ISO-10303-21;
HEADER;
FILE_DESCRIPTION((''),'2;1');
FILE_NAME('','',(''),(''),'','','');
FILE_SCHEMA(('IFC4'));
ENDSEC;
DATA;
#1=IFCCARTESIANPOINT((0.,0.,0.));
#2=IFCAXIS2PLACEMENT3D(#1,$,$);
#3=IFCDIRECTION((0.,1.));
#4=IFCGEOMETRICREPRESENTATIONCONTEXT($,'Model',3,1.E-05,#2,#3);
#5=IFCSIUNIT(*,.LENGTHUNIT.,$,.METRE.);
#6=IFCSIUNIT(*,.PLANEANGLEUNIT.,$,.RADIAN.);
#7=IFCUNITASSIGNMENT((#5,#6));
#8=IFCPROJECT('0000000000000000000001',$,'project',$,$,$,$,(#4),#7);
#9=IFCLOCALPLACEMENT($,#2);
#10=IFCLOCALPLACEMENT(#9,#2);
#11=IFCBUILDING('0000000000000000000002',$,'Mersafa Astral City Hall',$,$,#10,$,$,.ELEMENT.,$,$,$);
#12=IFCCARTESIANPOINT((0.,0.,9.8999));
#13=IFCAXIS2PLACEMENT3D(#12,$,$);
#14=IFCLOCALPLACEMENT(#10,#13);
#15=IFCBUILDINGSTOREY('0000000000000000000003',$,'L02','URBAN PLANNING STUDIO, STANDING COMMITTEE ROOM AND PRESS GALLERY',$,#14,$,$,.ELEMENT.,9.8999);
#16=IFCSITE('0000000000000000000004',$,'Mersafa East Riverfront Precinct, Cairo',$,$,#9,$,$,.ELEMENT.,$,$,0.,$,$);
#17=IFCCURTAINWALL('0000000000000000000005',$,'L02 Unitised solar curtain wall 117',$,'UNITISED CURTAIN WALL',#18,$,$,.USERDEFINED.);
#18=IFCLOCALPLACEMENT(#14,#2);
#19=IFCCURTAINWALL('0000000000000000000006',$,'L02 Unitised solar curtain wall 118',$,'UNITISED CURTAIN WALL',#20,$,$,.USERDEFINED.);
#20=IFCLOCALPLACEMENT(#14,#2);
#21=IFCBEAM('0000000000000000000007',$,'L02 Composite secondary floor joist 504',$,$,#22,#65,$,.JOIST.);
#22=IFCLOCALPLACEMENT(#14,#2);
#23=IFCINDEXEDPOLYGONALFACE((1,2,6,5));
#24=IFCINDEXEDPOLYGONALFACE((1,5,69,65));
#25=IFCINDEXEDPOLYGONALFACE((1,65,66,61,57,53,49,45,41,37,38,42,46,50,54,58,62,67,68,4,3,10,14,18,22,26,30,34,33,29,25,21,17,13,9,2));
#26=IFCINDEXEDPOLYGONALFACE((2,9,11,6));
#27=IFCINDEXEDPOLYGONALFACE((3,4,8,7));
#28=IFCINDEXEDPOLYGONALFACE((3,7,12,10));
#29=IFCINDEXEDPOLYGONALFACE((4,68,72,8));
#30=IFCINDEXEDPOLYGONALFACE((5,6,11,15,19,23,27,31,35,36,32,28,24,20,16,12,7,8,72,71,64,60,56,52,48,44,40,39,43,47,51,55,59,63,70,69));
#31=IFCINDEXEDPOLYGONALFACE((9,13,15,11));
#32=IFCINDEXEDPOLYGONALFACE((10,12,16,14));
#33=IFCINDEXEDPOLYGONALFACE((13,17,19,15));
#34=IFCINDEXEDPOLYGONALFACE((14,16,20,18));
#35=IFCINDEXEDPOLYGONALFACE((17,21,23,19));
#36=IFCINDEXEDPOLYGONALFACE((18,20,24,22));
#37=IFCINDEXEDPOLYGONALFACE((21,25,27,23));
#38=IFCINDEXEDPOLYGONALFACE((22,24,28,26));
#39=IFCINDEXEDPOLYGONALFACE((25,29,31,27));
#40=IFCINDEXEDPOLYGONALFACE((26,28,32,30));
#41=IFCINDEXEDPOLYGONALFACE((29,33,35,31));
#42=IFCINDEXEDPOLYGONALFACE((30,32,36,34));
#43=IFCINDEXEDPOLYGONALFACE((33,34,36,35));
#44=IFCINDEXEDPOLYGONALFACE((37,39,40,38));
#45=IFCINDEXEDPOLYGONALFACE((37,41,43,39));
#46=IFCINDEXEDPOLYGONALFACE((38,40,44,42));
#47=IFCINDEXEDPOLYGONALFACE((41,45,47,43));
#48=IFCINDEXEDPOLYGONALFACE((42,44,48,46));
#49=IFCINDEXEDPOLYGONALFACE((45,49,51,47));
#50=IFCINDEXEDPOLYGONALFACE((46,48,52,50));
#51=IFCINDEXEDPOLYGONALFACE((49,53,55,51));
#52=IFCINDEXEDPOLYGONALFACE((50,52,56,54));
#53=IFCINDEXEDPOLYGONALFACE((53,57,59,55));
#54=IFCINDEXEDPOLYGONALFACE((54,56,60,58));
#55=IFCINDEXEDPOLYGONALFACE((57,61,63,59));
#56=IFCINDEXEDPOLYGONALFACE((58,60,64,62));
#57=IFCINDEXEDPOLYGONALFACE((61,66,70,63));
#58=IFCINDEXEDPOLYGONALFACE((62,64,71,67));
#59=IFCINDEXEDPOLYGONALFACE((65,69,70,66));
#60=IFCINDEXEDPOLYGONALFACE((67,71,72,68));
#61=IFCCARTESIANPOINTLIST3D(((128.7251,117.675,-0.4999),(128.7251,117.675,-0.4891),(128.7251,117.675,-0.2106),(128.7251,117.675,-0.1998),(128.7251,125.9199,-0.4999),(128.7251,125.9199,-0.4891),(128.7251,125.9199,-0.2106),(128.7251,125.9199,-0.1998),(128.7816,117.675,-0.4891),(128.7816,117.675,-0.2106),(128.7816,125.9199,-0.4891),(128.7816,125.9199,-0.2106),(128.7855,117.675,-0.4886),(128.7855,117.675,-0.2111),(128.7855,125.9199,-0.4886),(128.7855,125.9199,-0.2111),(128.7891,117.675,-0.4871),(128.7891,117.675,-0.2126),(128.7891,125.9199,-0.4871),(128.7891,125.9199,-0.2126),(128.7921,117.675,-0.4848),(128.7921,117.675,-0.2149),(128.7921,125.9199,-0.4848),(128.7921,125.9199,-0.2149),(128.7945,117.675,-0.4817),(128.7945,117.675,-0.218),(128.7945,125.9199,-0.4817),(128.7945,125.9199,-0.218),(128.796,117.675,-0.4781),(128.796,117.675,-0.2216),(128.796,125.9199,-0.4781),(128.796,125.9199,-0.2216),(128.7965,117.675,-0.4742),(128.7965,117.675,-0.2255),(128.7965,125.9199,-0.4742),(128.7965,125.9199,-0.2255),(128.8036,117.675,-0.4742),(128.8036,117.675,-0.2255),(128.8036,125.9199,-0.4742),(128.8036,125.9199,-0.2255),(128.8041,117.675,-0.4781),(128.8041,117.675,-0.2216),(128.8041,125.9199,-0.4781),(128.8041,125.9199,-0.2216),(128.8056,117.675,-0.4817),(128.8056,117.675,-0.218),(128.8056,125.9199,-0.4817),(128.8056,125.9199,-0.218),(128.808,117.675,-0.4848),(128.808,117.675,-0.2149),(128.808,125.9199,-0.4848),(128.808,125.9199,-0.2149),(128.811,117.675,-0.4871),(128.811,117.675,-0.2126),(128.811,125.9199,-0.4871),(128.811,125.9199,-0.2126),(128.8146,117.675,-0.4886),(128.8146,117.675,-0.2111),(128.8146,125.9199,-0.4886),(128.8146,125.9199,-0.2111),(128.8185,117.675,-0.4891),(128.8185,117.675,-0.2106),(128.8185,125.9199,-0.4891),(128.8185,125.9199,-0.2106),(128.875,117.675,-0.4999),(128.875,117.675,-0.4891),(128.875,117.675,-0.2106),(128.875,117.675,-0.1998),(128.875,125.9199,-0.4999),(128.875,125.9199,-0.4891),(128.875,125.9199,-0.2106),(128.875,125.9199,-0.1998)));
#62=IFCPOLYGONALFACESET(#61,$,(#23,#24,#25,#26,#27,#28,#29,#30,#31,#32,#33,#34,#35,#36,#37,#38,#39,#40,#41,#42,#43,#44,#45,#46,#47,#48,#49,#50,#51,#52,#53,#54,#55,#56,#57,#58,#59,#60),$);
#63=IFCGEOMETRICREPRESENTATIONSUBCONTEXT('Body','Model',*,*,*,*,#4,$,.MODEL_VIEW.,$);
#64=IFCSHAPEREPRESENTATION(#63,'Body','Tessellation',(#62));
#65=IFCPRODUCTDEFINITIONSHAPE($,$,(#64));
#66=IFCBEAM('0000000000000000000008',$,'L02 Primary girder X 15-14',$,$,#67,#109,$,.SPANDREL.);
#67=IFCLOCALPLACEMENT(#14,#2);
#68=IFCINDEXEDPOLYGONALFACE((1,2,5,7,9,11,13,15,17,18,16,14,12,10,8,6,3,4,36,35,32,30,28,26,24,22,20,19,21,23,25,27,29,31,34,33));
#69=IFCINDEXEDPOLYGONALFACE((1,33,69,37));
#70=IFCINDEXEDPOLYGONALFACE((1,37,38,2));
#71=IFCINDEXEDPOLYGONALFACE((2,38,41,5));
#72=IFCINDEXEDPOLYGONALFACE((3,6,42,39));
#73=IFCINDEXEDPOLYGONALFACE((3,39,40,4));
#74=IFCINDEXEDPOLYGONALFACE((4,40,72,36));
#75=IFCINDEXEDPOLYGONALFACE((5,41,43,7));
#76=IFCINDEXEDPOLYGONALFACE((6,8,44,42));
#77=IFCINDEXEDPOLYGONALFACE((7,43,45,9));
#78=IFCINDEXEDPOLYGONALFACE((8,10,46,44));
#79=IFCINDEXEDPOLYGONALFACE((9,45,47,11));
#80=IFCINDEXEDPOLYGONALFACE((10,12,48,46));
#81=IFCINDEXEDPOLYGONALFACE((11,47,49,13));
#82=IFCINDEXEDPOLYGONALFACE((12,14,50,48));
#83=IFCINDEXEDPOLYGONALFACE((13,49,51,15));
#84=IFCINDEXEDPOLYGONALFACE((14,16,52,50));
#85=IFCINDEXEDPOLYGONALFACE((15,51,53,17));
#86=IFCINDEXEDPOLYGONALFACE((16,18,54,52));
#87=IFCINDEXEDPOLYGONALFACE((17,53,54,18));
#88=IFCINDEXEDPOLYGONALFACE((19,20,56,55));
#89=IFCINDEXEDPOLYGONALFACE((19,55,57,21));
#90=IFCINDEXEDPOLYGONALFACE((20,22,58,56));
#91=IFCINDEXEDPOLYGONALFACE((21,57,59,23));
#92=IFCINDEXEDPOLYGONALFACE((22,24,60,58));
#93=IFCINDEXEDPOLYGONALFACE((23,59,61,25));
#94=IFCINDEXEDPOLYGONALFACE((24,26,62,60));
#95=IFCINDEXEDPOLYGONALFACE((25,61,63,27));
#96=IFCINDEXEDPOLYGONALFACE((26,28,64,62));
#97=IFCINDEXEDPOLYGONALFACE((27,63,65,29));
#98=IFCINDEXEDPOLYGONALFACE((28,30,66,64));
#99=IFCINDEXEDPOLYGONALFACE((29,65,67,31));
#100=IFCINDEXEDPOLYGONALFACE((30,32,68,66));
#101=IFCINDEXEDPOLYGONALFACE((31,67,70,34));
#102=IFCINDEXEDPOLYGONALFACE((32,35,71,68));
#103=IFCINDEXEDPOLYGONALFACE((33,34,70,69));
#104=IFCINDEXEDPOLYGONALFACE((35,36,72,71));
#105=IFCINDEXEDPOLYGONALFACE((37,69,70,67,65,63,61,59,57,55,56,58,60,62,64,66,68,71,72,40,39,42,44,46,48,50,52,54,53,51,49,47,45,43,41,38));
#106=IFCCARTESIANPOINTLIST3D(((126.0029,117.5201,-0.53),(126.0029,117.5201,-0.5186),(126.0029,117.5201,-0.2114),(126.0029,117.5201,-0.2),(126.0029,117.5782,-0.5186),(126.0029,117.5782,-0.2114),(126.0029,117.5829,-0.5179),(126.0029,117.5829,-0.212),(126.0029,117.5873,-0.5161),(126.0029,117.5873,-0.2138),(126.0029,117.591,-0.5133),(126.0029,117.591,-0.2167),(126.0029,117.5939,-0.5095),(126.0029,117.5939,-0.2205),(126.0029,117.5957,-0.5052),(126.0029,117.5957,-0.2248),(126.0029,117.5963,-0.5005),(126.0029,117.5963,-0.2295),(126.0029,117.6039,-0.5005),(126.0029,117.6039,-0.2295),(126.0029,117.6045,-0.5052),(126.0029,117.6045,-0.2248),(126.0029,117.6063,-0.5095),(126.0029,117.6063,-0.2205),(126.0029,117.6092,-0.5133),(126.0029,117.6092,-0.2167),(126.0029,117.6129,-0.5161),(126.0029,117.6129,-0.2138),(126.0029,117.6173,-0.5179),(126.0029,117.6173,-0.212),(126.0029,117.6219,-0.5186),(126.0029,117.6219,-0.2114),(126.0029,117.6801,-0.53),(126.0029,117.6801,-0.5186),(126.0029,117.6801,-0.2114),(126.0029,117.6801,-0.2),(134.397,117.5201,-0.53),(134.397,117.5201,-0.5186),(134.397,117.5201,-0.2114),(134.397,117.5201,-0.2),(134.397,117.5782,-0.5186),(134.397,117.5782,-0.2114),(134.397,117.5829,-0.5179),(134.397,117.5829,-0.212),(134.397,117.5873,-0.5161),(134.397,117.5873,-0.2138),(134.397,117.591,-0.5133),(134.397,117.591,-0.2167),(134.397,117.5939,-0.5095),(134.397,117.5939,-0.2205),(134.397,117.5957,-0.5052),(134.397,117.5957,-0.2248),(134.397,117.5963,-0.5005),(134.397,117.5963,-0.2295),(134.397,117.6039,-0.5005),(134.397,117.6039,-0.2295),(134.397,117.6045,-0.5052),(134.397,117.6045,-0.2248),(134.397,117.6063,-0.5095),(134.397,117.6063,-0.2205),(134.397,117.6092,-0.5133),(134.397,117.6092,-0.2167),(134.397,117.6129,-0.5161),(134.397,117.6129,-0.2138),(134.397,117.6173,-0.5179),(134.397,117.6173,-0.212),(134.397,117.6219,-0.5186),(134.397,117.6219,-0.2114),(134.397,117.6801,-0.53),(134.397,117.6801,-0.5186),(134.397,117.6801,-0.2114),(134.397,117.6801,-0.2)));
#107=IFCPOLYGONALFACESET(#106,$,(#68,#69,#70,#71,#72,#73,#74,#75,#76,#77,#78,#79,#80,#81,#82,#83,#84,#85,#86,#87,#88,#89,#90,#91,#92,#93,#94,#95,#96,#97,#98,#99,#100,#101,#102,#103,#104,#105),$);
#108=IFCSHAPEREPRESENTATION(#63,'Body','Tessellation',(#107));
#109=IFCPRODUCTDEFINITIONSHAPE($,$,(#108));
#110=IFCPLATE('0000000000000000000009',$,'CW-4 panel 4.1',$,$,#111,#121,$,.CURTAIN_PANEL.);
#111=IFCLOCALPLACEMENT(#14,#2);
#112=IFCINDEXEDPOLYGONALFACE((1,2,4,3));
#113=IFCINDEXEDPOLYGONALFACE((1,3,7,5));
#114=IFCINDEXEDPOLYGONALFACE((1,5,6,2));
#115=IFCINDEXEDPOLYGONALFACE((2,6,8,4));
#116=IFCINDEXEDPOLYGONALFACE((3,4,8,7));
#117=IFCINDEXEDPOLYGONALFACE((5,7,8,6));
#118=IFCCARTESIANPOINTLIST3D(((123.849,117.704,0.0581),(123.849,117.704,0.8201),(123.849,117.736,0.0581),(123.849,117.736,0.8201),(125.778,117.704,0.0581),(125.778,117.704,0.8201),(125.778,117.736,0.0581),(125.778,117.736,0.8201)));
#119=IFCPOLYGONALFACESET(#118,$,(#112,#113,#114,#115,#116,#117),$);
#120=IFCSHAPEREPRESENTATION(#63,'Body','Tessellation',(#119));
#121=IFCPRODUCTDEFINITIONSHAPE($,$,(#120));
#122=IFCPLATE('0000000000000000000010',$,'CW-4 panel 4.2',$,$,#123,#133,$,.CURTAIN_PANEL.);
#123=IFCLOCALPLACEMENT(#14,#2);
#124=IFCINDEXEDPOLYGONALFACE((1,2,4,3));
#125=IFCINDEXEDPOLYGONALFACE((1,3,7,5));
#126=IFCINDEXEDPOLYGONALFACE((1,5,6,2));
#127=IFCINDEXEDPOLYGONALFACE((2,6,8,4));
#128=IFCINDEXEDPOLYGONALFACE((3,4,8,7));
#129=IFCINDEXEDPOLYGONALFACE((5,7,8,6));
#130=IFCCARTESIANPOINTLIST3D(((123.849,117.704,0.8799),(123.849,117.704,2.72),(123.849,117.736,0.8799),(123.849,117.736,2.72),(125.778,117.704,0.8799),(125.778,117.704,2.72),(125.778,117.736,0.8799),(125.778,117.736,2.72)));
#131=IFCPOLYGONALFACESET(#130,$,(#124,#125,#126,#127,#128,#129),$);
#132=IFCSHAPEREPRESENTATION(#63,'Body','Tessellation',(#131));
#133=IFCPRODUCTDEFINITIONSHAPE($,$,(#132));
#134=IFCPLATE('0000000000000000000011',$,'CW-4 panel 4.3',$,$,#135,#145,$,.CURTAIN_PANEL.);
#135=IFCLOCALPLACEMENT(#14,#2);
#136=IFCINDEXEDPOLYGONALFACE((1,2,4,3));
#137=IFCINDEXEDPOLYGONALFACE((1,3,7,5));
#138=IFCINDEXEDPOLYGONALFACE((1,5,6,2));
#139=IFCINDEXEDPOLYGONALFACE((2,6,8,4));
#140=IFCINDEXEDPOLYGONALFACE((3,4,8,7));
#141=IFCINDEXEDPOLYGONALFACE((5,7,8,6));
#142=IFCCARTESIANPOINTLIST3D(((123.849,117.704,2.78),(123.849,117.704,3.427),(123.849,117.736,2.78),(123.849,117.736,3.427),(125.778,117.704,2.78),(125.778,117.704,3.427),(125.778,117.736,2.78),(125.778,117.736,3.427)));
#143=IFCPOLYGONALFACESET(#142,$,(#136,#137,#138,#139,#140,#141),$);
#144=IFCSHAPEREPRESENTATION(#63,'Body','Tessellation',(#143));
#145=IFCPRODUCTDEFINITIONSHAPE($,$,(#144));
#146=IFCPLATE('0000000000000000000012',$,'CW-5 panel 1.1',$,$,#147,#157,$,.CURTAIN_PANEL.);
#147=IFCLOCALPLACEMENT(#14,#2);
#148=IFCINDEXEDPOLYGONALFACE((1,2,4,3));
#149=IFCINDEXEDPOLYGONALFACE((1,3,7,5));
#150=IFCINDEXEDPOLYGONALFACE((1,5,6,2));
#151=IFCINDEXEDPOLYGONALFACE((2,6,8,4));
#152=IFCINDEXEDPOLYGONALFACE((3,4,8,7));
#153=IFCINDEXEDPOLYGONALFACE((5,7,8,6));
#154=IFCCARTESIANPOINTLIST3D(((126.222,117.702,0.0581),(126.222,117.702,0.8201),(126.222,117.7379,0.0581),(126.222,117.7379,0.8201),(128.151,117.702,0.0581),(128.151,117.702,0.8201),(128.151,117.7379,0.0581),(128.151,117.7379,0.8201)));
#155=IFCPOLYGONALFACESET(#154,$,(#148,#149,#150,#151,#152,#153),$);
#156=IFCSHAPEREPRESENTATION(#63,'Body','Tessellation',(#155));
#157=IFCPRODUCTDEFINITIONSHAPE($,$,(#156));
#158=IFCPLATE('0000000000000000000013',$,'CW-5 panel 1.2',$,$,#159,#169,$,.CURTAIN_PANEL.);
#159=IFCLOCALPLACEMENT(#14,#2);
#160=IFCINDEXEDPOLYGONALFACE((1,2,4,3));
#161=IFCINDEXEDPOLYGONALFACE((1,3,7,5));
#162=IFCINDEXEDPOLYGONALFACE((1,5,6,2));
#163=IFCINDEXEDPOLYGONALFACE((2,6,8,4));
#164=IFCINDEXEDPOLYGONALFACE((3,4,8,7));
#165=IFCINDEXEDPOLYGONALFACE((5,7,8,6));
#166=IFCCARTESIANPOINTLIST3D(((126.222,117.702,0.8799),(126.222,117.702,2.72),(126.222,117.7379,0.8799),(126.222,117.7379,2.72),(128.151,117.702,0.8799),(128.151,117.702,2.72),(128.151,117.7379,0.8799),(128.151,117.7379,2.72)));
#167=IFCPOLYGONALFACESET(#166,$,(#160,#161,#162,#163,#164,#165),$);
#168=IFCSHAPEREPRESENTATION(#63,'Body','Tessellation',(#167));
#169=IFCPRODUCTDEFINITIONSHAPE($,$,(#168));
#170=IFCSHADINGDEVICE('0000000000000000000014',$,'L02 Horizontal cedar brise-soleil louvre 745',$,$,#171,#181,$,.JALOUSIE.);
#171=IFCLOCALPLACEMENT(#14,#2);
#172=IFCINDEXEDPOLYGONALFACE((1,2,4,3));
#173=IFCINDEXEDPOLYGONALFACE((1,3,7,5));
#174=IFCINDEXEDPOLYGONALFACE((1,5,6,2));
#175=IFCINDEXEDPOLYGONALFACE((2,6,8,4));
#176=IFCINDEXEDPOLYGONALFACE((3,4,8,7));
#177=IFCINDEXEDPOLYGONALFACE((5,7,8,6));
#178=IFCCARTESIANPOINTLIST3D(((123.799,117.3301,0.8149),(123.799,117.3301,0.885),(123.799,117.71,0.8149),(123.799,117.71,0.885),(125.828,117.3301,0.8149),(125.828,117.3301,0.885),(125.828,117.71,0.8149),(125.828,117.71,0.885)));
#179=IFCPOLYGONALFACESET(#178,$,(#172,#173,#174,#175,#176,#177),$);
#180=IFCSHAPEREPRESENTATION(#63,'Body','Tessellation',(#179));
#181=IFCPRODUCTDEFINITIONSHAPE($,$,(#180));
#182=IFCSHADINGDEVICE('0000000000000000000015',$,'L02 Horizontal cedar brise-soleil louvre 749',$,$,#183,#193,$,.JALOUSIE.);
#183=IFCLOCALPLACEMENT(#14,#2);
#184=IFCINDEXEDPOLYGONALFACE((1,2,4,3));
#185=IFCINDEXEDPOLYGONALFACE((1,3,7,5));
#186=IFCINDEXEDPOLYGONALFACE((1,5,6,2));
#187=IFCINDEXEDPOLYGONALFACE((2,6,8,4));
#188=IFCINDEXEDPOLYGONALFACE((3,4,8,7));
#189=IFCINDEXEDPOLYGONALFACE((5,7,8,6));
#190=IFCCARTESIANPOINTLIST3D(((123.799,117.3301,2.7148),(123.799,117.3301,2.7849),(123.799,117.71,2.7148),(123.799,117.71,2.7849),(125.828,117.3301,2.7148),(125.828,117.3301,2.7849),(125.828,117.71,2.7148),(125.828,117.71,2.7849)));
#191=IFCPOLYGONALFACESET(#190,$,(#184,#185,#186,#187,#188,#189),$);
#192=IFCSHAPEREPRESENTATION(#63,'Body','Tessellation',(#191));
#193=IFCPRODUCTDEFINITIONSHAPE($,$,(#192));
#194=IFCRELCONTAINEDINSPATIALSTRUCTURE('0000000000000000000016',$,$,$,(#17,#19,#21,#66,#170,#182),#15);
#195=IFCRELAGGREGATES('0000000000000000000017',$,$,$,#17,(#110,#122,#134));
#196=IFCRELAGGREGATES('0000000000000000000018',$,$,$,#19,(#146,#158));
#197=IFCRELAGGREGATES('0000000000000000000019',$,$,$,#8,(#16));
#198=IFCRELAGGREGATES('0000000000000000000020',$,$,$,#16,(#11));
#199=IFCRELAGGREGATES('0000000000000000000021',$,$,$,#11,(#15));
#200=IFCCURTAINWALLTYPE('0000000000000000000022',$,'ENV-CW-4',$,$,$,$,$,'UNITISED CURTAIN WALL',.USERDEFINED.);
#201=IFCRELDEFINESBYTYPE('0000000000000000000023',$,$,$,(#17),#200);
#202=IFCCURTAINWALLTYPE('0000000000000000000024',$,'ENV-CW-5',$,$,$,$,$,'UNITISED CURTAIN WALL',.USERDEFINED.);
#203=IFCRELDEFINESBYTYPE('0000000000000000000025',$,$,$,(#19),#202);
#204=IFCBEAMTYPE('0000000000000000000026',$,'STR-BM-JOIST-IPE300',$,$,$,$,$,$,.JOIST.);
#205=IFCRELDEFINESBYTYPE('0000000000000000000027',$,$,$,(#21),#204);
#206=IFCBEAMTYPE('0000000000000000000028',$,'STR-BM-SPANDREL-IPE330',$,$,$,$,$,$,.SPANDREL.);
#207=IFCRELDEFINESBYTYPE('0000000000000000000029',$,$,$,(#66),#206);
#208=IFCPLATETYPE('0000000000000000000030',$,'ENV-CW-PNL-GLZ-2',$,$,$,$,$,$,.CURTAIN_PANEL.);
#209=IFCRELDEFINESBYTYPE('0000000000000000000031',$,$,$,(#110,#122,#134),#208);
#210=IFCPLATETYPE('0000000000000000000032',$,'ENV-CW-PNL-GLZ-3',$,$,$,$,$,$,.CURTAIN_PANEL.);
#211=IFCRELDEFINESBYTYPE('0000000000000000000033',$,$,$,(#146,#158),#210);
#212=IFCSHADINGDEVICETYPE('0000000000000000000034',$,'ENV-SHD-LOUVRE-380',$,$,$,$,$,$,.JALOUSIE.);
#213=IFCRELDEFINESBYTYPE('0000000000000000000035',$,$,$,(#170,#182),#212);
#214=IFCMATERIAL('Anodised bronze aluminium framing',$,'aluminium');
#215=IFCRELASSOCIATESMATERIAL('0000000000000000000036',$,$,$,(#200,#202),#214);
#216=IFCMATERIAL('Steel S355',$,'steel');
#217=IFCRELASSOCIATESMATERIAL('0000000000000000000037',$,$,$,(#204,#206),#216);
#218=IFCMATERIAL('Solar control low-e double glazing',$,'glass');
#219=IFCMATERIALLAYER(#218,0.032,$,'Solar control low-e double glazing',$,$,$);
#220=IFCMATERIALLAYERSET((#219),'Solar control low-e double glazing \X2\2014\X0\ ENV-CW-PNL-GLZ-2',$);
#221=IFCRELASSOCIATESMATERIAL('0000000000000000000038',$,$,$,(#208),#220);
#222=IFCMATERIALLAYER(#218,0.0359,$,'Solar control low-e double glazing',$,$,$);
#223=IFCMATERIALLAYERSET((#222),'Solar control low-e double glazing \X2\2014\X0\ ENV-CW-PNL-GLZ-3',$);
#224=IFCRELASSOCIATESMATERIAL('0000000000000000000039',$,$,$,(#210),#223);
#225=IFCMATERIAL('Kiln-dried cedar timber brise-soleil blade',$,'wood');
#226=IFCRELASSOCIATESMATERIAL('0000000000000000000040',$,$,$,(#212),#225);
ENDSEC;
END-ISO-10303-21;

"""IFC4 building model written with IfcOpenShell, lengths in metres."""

from ifc_helpers import new_model, si_unit, direction, frame, origin, origin_2d, place, context, subcontext, project, spatial, rectangle, i_section, extrude, material, layer, layer_set, material_profile, profile_set, type_object, element, aggregate, save


model = new_model("IFC4")

# Units and contexts
model_context = context("Model", 3, precision=1e-05, world=origin(), true_north=direction((0.0, 1.0)))
body_context = subcontext(model_context, "Body", "Model", "MODEL_VIEW")
ifc_project = project(units=[si_unit("LENGTHUNIT", "METRE"), si_unit("PLANEANGLEUNIT", "RADIAN")], contexts=[model_context])

# Site, building, storey
site_placement = place(None, origin())
site = spatial("IfcSite", under=ifc_project, at=site_placement, Name="Mersafa East Riverfront Precinct, Cairo", CompositionType="ELEMENT", RefElevation=0.0)
building_placement = place(site_placement, origin())
building = spatial("IfcBuilding", under=site, at=building_placement, Name="Mersafa Astral City Hall", CompositionType="ELEMENT")
storey_placement = place(building_placement, frame((0.0, 0.0, 9.8999)))
storey = spatial("IfcBuildingStorey", under=building, at=storey_placement, Name="L02", Description="URBAN PLANNING STUDIO, STANDING COMMITTEE ROOM AND PRESS GALLERY", CompositionType="ELEMENT", Elevation=9.8999)

# Shared definitions
ifc_material_1 = material(Name="Steel S355", Category="steel")

# Curtain walls
ifc_material_2 = material(Name="Anodised bronze aluminium framing", Category="aluminium")
curtain_wall_type_1 = type_object("IfcCurtainWallType", Name="ENV-CW-4", ElementType="UNITISED CURTAIN WALL", PredefinedType="USERDEFINED", material=ifc_material_2)
curtain_wall_1_placement = place(storey_placement, origin())
curtain_wall_1 = element("IfcCurtainWall", 1, at=curtain_wall_1_placement, inside=storey, type_object=curtain_wall_type_1, Name="L02 Unitised solar curtain wall 117", ObjectType="UNITISED CURTAIN WALL", PredefinedType="USERDEFINED")
curtain_wall_type_2 = type_object("IfcCurtainWallType", Name="ENV-CW-5", ElementType="UNITISED CURTAIN WALL", PredefinedType="USERDEFINED", material=ifc_material_2)
curtain_wall_2_placement = place(storey_placement, origin())
curtain_wall_2 = element("IfcCurtainWall", 2, at=curtain_wall_2_placement, inside=storey, type_object=curtain_wall_type_2, Name="L02 Unitised solar curtain wall 118", ObjectType="UNITISED CURTAIN WALL", PredefinedType="USERDEFINED")

# Beams
ifc_material_profile_1 = material_profile(ifc_material_1, i_section(OverallWidth=0.1499, OverallDepth=0.3, WebThickness=0.0071, FlangeThickness=0.0107, FilletRadius=0.0149, at=origin_2d()), Name="IPE 300")
ifc_profile_set_1 = profile_set([ifc_material_profile_1], Name="Steel S355")
beam_type_1 = type_object("IfcBeamType", Name="STR-BM-JOIST-IPE300", PredefinedType="JOIST", material=ifc_profile_set_1)
beam_1_placement = place(storey_placement, frame((128.8, 117.675, -0.3499), z_axis=(0.0, 1.0, 0.0), x_axis=(-1.0, 0.0, 0.0)))
element("IfcBeam", 3, at=beam_1_placement, inside=storey, type_object=beam_type_1, Name="L02 Composite secondary floor joist 504", PredefinedType="JOIST", context=body_context, shape_type="SweptSolid", body=[
    extrude(i_section(OverallWidth=0.1499, OverallDepth=0.3, WebThickness=0.0071, FlangeThickness=0.0107, FilletRadius=0.0149, at=origin_2d()), origin(), (0.0, 0.0, 1.0), 8.2449),
])
ifc_material_profile_2 = material_profile(ifc_material_1, i_section(OverallWidth=0.1599, OverallDepth=0.3301, WebThickness=0.0076, FlangeThickness=0.0115, FilletRadius=0.0181, at=origin_2d()), Name="IPE 330")
ifc_profile_set_2 = profile_set([ifc_material_profile_2], Name="Steel S355")
beam_type_2 = type_object("IfcBeamType", Name="STR-BM-SPANDREL-IPE330", PredefinedType="SPANDREL", material=ifc_profile_set_2)
beam_2_placement = place(storey_placement, frame((126.0029, 117.6001, -0.365), z_axis=(1.0, 0.0, 0.0), x_axis=(0.0, 1.0, 0.0)))
element("IfcBeam", 4, at=beam_2_placement, inside=storey, type_object=beam_type_2, Name="L02 Primary girder X 15-14", PredefinedType="SPANDREL", context=body_context, shape_type="SweptSolid", body=[
    extrude(i_section(OverallWidth=0.1599, OverallDepth=0.3301, WebThickness=0.0076, FlangeThickness=0.0115, FilletRadius=0.0181, at=origin_2d()), origin(), (0.0, 0.0, 1.0), 8.394),
])

# Plates
ifc_material_3 = material(Name="Solar control low-e double glazing", Category="glass")
ifc_layer_1 = layer(ifc_material_3, 0.032, Name="Solar control low-e double glazing")
ifc_layer_set_1 = layer_set([ifc_layer_1], Name="Solar control low-e double glazing — ENV-CW-PNL-GLZ-2")
plate_type_1 = type_object("IfcPlateType", Name="ENV-CW-PNL-GLZ-2", PredefinedType="CURTAIN_PANEL", material=ifc_layer_set_1)
plate_1_placement = place(storey_placement, frame((124.8135, 117.72, 0.0581), z_axis=(0.0, 0.0, 1.0), x_axis=(1.0, 0.0, 0.0)))
plate_1 = element("IfcPlate", 5, at=plate_1_placement, type_object=plate_type_1, Name="CW-4 panel 4.1", PredefinedType="CURTAIN_PANEL", context=body_context, shape_type="SweptSolid", body=[
    extrude(rectangle(XDim=1.929, YDim=0.032, at=origin_2d()), origin(), (0.0, 0.0, 1.0), 0.762),
])
plate_2_placement = place(storey_placement, frame((124.8135, 117.72, 0.8799), z_axis=(0.0, 0.0, 1.0), x_axis=(1.0, 0.0, 0.0)))
plate_2 = element("IfcPlate", 6, at=plate_2_placement, type_object=plate_type_1, Name="CW-4 panel 4.2", PredefinedType="CURTAIN_PANEL", context=body_context, shape_type="SweptSolid", body=[
    extrude(rectangle(XDim=1.929, YDim=0.032, at=origin_2d()), origin(), (0.0, 0.0, 1.0), 1.8401),
])
plate_3_placement = place(storey_placement, frame((124.8135, 117.72, 2.78), z_axis=(0.0, 0.0, 1.0), x_axis=(1.0, 0.0, 0.0)))
plate_3 = element("IfcPlate", 7, at=plate_3_placement, type_object=plate_type_1, Name="CW-4 panel 4.3", PredefinedType="CURTAIN_PANEL", context=body_context, shape_type="SweptSolid", body=[
    extrude(rectangle(XDim=1.929, YDim=0.032, at=origin_2d()), origin(), (0.0, 0.0, 1.0), 0.647),
])
aggregate(curtain_wall_1, [plate_1, plate_2, plate_3])
ifc_layer_2 = layer(ifc_material_3, 0.0359, Name="Solar control low-e double glazing")
ifc_layer_set_2 = layer_set([ifc_layer_2], Name="Solar control low-e double glazing — ENV-CW-PNL-GLZ-3")
plate_type_2 = type_object("IfcPlateType", Name="ENV-CW-PNL-GLZ-3", PredefinedType="CURTAIN_PANEL", material=ifc_layer_set_2)
plate_4_placement = place(storey_placement, frame((127.1865, 117.72, 0.0581), z_axis=(0.0, 0.0, 1.0), x_axis=(1.0, 0.0, 0.0)))
plate_4 = element("IfcPlate", 8, at=plate_4_placement, type_object=plate_type_2, Name="CW-5 panel 1.1", PredefinedType="CURTAIN_PANEL", context=body_context, shape_type="SweptSolid", body=[
    extrude(rectangle(XDim=1.929, YDim=0.0359, at=origin_2d()), origin(), (0.0, 0.0, 1.0), 0.762),
])
plate_5_placement = place(storey_placement, frame((127.1865, 117.72, 0.8799), z_axis=(0.0, 0.0, 1.0), x_axis=(1.0, 0.0, 0.0)))
plate_5 = element("IfcPlate", 9, at=plate_5_placement, type_object=plate_type_2, Name="CW-5 panel 1.2", PredefinedType="CURTAIN_PANEL", context=body_context, shape_type="SweptSolid", body=[
    extrude(rectangle(XDim=1.929, YDim=0.0359, at=origin_2d()), origin(), (0.0, 0.0, 1.0), 1.8401),
])
aggregate(curtain_wall_2, [plate_4, plate_5])

# Shading devices
ifc_material_4 = material(Name="Kiln-dried cedar timber brise-soleil blade", Category="wood")
shading_device_type_1 = type_object("IfcShadingDeviceType", Name="ENV-SHD-LOUVRE-380", PredefinedType="JALOUSIE", material=ifc_material_4)
for number, where, z_axis, x_axis, name in (
    (10, (124.8135, 117.52, 0.8149), (0.0, 0.0, 1.0), (1.0, 0.0, 0.0), "L02 Horizontal cedar brise-soleil louvre 745"),
    (11, (124.8135, 117.52, 2.7148), (0.0, 0.0, 1.0), (1.0, 0.0, 0.0), "L02 Horizontal cedar brise-soleil louvre 749"),
):
    element("IfcShadingDevice", number, at=place(storey_placement, frame(where, z_axis=z_axis, x_axis=x_axis)), inside=storey, type_object=shading_device_type_1, Name=name, PredefinedType="JALOUSIE", context=body_context, shape_type="SweptSolid", body=[
        extrude(rectangle(XDim=2.0291, YDim=0.3799, at=origin_2d()), origin(), (0.0, 0.0, 1.0), 0.0701),
    ])

save(model, "model.ifc")
